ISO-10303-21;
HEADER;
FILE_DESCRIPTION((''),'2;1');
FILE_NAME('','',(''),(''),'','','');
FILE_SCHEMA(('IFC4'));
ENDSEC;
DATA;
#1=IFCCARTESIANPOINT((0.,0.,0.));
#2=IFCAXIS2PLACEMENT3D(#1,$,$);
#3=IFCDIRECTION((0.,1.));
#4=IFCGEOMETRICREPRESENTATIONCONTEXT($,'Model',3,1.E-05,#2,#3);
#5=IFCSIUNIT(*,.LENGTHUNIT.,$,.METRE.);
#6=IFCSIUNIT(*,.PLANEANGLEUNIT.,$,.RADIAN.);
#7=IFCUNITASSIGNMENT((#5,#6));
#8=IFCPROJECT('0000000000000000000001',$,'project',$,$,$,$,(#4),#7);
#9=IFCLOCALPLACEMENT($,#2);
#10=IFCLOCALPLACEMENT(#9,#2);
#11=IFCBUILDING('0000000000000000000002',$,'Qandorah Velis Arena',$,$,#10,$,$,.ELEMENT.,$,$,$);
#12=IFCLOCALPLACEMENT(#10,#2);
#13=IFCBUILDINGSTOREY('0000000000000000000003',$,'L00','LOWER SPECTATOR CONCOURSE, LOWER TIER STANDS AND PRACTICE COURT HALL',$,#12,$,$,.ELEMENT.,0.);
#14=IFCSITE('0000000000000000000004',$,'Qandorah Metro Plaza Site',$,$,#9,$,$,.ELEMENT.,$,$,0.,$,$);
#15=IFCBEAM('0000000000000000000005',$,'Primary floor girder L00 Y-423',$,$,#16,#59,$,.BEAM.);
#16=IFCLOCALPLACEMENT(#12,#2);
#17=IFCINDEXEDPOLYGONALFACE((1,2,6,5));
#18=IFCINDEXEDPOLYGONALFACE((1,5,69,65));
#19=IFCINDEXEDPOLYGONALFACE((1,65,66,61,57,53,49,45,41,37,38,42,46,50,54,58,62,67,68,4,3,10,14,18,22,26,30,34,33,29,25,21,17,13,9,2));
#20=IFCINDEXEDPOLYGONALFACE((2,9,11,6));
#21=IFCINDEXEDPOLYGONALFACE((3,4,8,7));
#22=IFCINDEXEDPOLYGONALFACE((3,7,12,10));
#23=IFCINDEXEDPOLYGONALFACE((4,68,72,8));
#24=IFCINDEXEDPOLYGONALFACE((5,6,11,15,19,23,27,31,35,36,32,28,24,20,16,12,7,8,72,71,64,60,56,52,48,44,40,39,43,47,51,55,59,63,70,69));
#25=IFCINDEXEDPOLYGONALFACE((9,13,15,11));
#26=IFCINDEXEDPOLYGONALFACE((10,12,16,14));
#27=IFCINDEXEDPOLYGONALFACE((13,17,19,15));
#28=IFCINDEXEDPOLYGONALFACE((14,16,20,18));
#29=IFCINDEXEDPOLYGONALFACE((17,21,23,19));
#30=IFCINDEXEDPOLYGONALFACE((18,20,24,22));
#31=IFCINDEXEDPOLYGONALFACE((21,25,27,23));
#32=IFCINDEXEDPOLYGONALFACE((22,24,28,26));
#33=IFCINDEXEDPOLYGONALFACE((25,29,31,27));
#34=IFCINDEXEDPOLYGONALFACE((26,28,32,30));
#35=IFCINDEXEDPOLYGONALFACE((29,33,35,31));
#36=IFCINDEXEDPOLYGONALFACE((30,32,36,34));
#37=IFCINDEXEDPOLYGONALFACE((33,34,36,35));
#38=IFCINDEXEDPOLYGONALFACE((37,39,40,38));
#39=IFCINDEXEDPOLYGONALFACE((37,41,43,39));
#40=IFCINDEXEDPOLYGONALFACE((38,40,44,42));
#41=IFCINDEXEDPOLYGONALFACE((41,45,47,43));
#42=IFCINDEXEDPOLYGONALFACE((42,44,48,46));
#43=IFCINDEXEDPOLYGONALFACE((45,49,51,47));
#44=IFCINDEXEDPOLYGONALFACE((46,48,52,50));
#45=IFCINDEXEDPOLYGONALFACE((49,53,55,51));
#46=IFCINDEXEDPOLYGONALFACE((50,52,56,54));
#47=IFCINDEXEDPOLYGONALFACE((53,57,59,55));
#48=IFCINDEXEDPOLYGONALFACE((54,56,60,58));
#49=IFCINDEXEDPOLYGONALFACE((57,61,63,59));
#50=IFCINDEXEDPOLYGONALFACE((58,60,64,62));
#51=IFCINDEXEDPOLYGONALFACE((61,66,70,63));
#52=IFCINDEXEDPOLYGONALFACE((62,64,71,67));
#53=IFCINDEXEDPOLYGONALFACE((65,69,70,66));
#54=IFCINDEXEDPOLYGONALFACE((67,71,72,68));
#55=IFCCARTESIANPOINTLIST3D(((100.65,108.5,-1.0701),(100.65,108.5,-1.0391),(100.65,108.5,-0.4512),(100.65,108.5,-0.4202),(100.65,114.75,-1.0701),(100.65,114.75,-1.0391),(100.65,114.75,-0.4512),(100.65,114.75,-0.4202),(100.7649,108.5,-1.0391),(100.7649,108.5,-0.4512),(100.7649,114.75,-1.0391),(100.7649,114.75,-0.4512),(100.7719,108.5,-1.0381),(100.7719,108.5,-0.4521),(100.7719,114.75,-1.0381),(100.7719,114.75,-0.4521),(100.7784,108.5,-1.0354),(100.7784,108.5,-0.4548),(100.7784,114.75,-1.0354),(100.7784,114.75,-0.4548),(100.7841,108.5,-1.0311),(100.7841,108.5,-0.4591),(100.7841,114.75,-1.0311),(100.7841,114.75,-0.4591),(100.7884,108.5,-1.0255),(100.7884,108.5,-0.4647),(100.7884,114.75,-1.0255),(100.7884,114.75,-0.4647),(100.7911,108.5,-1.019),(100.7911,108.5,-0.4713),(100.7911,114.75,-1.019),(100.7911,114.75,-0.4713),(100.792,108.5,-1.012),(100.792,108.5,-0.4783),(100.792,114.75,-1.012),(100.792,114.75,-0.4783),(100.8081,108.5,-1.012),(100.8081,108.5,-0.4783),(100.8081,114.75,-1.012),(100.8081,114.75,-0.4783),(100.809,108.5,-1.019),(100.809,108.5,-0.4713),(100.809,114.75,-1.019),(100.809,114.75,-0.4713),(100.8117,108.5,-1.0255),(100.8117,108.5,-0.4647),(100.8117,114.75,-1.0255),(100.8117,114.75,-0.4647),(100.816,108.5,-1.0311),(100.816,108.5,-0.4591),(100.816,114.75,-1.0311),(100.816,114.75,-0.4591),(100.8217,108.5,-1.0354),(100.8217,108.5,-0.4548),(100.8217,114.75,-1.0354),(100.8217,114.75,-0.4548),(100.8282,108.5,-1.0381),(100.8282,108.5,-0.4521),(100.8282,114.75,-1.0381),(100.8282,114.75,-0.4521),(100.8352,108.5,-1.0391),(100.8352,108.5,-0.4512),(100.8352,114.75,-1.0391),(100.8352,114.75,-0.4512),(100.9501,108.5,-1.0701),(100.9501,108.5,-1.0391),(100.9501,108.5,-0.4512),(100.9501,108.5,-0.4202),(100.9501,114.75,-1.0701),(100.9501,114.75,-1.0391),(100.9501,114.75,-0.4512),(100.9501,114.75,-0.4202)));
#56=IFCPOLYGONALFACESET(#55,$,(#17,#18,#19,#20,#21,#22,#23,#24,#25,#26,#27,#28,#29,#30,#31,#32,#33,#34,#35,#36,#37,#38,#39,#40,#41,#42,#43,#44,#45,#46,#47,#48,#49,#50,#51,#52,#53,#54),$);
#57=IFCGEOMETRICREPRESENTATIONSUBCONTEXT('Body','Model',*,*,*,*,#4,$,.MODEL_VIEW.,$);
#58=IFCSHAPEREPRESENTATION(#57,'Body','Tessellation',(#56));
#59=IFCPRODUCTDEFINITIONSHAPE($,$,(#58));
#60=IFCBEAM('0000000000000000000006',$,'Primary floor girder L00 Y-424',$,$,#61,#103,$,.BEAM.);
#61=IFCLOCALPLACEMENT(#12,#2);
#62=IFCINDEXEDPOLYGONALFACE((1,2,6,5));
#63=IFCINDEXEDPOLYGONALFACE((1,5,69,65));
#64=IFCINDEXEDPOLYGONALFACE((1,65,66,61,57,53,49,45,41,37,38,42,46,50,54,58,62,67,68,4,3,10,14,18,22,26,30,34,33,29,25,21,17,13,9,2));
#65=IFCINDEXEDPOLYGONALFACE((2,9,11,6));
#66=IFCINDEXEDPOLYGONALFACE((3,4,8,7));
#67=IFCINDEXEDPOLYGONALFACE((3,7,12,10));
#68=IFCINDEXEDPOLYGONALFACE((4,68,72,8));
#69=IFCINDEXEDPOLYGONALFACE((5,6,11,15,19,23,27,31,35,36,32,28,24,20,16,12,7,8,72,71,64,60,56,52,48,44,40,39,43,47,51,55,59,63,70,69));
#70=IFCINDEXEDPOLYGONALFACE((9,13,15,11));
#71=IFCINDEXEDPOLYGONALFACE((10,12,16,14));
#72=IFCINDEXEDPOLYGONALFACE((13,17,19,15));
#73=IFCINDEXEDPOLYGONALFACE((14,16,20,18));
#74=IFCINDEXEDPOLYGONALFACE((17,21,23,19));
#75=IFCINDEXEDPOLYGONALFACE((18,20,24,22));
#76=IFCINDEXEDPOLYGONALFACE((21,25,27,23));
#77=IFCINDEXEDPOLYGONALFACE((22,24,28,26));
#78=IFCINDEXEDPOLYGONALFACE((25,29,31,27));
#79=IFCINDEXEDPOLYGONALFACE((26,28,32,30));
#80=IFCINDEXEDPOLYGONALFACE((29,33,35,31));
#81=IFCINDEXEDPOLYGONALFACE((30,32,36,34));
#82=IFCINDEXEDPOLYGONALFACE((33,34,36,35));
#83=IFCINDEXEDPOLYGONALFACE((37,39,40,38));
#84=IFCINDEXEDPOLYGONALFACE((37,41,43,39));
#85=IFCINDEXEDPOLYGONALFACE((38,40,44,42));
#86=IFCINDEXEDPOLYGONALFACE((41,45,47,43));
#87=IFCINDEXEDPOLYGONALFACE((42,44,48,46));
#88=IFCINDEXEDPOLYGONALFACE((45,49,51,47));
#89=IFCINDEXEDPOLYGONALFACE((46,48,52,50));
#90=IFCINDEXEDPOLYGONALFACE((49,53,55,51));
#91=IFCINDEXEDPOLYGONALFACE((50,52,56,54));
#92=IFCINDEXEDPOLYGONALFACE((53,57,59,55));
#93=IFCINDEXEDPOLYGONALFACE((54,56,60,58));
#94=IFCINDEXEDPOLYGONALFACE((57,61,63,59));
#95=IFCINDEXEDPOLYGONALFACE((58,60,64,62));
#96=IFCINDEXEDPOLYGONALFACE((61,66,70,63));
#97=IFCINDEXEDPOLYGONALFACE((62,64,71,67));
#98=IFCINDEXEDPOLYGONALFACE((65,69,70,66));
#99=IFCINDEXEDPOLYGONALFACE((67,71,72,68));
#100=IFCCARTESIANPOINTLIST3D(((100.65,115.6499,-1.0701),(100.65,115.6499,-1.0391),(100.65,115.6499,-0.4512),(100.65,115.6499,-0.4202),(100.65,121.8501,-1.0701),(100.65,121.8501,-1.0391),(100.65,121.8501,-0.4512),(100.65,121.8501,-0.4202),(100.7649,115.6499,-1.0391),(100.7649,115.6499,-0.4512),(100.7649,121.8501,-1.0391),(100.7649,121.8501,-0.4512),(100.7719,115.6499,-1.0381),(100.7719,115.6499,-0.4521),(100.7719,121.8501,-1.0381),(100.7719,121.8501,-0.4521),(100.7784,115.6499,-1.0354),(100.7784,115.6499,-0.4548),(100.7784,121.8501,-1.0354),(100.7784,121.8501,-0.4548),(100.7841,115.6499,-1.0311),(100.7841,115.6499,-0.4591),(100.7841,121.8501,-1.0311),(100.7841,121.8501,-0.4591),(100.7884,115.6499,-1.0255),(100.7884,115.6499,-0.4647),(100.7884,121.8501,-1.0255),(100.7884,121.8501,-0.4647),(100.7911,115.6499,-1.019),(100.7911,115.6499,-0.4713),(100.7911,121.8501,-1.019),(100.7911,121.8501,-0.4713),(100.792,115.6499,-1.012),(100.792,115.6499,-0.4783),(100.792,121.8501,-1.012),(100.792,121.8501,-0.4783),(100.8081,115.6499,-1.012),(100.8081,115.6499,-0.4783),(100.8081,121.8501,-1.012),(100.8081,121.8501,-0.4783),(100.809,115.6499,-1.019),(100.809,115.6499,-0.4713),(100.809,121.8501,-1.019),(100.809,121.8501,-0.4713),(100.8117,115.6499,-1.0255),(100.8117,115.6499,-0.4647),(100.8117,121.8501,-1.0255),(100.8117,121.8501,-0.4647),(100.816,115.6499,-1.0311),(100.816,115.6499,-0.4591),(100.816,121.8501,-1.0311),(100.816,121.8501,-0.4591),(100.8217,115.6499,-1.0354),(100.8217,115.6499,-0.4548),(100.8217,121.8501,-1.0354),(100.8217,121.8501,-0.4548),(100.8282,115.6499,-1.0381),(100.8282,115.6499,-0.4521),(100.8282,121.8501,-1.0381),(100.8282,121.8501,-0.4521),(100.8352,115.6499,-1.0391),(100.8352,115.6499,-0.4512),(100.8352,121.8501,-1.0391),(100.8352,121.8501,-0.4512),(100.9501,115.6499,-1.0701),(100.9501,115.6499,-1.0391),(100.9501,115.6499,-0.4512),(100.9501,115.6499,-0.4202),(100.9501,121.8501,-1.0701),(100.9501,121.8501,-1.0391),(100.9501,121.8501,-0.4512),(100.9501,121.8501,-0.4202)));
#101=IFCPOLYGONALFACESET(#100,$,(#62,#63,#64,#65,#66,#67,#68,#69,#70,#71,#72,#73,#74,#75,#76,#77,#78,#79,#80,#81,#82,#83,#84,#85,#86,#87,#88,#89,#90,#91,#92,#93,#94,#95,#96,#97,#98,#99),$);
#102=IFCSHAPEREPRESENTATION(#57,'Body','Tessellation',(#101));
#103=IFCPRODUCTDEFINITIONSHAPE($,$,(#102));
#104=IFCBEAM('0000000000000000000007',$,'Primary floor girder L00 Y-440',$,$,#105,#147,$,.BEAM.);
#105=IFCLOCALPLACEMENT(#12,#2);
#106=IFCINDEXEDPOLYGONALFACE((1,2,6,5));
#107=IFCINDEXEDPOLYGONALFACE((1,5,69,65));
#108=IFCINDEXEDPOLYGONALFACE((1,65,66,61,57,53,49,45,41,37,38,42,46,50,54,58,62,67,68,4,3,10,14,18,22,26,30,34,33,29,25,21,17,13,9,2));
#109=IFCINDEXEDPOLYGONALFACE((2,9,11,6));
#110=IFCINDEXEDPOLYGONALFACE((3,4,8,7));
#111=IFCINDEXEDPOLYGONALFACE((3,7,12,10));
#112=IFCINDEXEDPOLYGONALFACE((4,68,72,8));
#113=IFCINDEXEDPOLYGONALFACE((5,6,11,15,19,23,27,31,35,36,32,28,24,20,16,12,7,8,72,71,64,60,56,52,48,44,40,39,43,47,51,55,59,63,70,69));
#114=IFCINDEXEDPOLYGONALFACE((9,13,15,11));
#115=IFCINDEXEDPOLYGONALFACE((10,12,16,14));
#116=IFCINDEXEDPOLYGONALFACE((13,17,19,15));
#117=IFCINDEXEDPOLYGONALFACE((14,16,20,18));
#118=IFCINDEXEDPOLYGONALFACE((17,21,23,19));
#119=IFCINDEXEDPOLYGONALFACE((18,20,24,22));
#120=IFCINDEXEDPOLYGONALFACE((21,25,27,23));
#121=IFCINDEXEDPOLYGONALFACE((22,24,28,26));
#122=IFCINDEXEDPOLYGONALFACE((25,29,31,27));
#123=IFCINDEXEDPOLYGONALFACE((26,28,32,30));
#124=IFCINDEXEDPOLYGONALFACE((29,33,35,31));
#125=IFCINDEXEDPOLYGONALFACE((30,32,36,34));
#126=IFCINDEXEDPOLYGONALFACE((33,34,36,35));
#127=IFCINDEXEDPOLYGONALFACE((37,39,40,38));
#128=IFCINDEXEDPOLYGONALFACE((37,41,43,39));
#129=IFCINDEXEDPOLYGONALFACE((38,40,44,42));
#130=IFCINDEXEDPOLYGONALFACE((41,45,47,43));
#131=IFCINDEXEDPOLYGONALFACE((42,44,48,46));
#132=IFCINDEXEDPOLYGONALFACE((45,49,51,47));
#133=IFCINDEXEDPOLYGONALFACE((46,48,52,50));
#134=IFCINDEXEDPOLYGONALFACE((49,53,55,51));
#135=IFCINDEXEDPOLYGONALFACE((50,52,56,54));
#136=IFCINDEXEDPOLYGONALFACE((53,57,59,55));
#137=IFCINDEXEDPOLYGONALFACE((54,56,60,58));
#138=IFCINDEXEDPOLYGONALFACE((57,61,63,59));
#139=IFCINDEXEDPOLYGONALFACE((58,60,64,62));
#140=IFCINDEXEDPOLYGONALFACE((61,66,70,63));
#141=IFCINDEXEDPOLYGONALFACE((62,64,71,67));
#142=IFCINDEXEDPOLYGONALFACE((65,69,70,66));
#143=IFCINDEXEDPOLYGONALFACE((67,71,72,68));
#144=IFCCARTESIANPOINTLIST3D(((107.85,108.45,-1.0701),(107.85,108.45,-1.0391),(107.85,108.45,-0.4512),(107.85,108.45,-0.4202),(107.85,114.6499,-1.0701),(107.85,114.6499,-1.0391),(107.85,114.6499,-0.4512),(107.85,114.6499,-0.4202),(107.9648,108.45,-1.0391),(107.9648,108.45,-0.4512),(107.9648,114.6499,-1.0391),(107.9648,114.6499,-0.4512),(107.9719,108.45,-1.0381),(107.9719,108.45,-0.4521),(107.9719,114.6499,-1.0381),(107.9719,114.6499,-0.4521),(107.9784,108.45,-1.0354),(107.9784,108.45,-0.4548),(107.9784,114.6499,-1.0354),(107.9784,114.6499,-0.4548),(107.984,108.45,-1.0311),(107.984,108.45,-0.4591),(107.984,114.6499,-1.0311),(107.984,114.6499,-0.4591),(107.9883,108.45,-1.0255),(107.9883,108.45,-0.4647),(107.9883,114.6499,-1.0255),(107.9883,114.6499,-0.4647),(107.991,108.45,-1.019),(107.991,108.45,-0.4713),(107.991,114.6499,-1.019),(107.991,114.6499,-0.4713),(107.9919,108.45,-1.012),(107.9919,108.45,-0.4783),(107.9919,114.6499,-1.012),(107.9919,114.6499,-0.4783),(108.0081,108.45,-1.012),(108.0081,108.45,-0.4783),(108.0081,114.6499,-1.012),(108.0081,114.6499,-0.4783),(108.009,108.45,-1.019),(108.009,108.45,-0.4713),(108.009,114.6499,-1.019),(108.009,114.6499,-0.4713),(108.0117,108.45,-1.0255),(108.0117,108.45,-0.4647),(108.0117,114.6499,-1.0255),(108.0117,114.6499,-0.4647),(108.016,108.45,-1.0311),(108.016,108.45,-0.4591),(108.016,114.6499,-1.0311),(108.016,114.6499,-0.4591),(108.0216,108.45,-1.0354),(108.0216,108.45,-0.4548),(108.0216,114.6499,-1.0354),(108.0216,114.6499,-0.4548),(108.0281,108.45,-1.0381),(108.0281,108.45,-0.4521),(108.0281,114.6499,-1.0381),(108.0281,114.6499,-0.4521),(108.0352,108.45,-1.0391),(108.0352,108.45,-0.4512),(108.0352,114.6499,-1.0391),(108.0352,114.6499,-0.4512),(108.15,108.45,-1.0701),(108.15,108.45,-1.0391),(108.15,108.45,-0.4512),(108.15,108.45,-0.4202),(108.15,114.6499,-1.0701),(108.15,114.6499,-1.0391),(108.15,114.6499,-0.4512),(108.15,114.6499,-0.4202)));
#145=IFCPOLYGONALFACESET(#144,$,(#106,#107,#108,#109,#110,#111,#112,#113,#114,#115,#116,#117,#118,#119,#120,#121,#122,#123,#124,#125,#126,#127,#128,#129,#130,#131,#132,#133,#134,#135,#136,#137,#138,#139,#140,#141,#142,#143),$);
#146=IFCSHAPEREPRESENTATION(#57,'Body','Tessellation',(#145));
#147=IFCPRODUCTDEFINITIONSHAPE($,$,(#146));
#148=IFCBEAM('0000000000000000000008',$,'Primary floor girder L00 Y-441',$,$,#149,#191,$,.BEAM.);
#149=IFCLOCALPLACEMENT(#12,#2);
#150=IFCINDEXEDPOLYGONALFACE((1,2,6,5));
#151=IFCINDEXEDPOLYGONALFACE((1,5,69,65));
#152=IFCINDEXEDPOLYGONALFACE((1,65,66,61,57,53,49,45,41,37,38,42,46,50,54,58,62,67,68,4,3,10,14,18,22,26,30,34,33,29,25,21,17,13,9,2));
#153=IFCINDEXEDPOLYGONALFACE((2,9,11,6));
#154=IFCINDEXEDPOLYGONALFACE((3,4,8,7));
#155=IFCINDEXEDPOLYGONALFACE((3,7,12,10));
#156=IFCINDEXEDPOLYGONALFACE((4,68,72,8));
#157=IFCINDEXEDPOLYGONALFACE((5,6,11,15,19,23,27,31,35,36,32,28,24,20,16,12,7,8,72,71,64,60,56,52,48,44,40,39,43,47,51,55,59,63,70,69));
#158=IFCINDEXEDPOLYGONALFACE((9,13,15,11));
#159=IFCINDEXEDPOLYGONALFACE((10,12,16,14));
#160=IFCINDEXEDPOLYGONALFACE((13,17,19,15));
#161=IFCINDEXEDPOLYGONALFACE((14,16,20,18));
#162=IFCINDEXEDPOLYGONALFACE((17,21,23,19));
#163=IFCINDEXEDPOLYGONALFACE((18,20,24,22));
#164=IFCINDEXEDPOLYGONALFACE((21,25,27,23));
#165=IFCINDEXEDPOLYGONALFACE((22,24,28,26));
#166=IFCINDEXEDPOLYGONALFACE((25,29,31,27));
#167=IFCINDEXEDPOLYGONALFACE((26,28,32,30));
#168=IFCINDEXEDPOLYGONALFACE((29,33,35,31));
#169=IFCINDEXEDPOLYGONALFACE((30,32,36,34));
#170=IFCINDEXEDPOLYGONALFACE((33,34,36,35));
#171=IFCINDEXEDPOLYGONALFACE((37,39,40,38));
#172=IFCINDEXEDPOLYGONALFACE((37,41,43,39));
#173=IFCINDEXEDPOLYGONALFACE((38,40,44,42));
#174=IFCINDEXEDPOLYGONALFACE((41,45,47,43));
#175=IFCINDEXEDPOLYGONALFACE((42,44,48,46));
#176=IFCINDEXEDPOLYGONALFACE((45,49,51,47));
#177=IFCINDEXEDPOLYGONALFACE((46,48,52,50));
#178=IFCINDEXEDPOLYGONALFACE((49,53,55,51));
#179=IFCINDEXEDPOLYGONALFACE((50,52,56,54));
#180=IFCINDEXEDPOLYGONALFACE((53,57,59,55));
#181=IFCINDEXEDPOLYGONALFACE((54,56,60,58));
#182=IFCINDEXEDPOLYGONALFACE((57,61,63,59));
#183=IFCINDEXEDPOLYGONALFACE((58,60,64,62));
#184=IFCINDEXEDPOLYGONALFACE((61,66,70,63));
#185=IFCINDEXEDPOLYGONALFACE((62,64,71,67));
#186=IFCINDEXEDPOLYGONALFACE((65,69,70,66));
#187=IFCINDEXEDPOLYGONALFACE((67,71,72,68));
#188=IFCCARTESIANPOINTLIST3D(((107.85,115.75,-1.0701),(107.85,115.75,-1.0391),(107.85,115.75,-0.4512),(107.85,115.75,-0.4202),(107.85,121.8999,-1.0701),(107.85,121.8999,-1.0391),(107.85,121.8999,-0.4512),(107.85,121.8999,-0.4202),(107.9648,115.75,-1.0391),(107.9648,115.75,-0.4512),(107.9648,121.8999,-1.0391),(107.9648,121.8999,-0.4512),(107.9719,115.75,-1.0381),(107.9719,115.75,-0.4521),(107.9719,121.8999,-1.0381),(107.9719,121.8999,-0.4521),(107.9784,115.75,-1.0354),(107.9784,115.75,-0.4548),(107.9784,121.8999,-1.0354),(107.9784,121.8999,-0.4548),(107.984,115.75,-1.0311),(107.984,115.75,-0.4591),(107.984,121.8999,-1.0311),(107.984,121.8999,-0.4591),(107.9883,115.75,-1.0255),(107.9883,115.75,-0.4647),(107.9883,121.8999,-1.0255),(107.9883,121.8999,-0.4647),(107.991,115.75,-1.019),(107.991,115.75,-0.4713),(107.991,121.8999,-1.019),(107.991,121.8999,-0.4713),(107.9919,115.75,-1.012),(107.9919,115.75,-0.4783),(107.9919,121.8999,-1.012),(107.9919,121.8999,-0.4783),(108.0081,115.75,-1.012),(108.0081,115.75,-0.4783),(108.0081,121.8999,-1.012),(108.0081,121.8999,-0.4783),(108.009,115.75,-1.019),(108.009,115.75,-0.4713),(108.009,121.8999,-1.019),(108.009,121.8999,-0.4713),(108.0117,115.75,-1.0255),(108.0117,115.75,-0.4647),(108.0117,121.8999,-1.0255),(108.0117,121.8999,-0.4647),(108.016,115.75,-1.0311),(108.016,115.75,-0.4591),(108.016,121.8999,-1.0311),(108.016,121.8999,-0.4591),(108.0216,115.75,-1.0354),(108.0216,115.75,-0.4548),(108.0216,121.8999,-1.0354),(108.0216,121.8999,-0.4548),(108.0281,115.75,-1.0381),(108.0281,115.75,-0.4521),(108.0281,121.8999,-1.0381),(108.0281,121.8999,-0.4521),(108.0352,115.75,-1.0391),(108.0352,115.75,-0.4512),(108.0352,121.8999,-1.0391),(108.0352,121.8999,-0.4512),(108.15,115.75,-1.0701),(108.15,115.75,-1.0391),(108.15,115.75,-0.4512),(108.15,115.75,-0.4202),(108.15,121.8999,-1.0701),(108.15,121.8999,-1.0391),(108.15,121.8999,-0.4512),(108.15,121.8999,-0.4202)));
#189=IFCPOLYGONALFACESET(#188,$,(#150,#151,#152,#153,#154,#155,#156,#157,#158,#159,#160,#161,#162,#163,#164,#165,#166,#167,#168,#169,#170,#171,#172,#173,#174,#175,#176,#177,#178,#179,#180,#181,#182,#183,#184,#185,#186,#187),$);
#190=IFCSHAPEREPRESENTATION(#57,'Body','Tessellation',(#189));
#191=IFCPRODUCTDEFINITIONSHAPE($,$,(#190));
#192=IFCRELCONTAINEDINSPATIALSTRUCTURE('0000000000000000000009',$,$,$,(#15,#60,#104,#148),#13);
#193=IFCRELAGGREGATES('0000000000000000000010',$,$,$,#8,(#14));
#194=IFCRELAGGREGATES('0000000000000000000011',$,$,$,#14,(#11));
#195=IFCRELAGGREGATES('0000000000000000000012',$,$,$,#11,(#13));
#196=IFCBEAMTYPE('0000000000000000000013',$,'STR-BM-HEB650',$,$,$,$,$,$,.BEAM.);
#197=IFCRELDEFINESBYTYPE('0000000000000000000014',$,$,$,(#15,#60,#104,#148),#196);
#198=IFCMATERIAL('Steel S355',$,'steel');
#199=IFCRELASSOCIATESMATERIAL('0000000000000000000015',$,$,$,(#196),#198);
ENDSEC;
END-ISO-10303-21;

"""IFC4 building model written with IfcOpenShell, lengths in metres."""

from ifc_helpers import new_model, si_unit, direction, frame, origin, origin_2d, place, context, subcontext, project, spatial, i_section, extrude, material, material_profile, profile_set, type_object, element, save


model = new_model("IFC4")

# Units and contexts
model_context = context("Model", 3, precision=1e-05, world=origin(), true_north=direction((0.0, 1.0)))
body_context = subcontext(model_context, "Body", "Model", "MODEL_VIEW")
ifc_project = project(units=[si_unit("LENGTHUNIT", "METRE"), si_unit("PLANEANGLEUNIT", "RADIAN")], contexts=[model_context])

# Site, building, storey
site_placement = place(None, origin())
site = spatial("IfcSite", under=ifc_project, at=site_placement, Name="Qandorah Metro Plaza Site", CompositionType="ELEMENT", RefElevation=0.0)
building_placement = place(site_placement, origin())
building = spatial("IfcBuilding", under=site, at=building_placement, Name="Qandorah Velis Arena", CompositionType="ELEMENT")
storey_placement = place(building_placement, origin())
storey = spatial("IfcBuildingStorey", under=building, at=storey_placement, Name="L00", Description="LOWER SPECTATOR CONCOURSE, LOWER TIER STANDS AND PRACTICE COURT HALL", CompositionType="ELEMENT", Elevation=0.0)

# Beams
ifc_material_1 = material(Name="Steel S355", Category="steel")
ifc_material_profile_1 = material_profile(ifc_material_1, i_section(OverallWidth=0.3, OverallDepth=0.6499, WebThickness=0.0161, FlangeThickness=0.031, FilletRadius=0.0271, at=origin_2d()), Name="HEB 650")
ifc_profile_set_1 = profile_set([ifc_material_profile_1], Name="Steel S355")
beam_type_1 = type_object("IfcBeamType", Name="STR-BM-HEB650", PredefinedType="BEAM", material=ifc_profile_set_1)
beam_1_placement = place(storey_placement, frame((100.8, 108.5, -0.7451), z_axis=(0.0, 1.0, 0.0), x_axis=(-1.0, 0.0, 0.0)))
element("IfcBeam", 1, at=beam_1_placement, inside=storey, type_object=beam_type_1, Name="Primary floor girder L00 Y-423", PredefinedType="BEAM", context=body_context, shape_type="SweptSolid", body=[
    extrude(i_section(OverallWidth=0.3, OverallDepth=0.6499, WebThickness=0.0161, FlangeThickness=0.031, FilletRadius=0.0271, at=origin_2d()), origin(), (0.0, 0.0, 1.0), 6.25),
])
beam_2_placement = place(storey_placement, frame((100.8, 115.6499, -0.7451), z_axis=(0.0, 1.0, 0.0), x_axis=(-1.0, 0.0, 0.0)))
element("IfcBeam", 2, at=beam_2_placement, inside=storey, type_object=beam_type_1, Name="Primary floor girder L00 Y-424", PredefinedType="BEAM", context=body_context, shape_type="SweptSolid", body=[
    extrude(i_section(OverallWidth=0.3, OverallDepth=0.6499, WebThickness=0.0161, FlangeThickness=0.031, FilletRadius=0.0271, at=origin_2d()), origin(), (0.0, 0.0, 1.0), 6.2002),
])
beam_3_placement = place(storey_placement, frame((108.0, 108.45, -0.7451), z_axis=(0.0, 1.0, 0.0), x_axis=(-1.0, 0.0, 0.0)))
element("IfcBeam", 3, at=beam_3_placement, inside=storey, type_object=beam_type_1, Name="Primary floor girder L00 Y-440", PredefinedType="BEAM", context=body_context, shape_type="SweptSolid", body=[
    extrude(i_section(OverallWidth=0.3, OverallDepth=0.6499, WebThickness=0.0161, FlangeThickness=0.031, FilletRadius=0.0271, at=origin_2d()), origin(), (0.0, 0.0, 1.0), 6.2),
])
beam_4_placement = place(storey_placement, frame((108.0, 115.75, -0.7451), z_axis=(0.0, 1.0, 0.0), x_axis=(-1.0, 0.0, 0.0)))
element("IfcBeam", 4, at=beam_4_placement, inside=storey, type_object=beam_type_1, Name="Primary floor girder L00 Y-441", PredefinedType="BEAM", context=body_context, shape_type="SweptSolid", body=[
    extrude(i_section(OverallWidth=0.3, OverallDepth=0.6499, WebThickness=0.0161, FlangeThickness=0.031, FilletRadius=0.0271, at=origin_2d()), origin(), (0.0, 0.0, 1.0), 6.1499),
])

save(model, "model.ifc")
